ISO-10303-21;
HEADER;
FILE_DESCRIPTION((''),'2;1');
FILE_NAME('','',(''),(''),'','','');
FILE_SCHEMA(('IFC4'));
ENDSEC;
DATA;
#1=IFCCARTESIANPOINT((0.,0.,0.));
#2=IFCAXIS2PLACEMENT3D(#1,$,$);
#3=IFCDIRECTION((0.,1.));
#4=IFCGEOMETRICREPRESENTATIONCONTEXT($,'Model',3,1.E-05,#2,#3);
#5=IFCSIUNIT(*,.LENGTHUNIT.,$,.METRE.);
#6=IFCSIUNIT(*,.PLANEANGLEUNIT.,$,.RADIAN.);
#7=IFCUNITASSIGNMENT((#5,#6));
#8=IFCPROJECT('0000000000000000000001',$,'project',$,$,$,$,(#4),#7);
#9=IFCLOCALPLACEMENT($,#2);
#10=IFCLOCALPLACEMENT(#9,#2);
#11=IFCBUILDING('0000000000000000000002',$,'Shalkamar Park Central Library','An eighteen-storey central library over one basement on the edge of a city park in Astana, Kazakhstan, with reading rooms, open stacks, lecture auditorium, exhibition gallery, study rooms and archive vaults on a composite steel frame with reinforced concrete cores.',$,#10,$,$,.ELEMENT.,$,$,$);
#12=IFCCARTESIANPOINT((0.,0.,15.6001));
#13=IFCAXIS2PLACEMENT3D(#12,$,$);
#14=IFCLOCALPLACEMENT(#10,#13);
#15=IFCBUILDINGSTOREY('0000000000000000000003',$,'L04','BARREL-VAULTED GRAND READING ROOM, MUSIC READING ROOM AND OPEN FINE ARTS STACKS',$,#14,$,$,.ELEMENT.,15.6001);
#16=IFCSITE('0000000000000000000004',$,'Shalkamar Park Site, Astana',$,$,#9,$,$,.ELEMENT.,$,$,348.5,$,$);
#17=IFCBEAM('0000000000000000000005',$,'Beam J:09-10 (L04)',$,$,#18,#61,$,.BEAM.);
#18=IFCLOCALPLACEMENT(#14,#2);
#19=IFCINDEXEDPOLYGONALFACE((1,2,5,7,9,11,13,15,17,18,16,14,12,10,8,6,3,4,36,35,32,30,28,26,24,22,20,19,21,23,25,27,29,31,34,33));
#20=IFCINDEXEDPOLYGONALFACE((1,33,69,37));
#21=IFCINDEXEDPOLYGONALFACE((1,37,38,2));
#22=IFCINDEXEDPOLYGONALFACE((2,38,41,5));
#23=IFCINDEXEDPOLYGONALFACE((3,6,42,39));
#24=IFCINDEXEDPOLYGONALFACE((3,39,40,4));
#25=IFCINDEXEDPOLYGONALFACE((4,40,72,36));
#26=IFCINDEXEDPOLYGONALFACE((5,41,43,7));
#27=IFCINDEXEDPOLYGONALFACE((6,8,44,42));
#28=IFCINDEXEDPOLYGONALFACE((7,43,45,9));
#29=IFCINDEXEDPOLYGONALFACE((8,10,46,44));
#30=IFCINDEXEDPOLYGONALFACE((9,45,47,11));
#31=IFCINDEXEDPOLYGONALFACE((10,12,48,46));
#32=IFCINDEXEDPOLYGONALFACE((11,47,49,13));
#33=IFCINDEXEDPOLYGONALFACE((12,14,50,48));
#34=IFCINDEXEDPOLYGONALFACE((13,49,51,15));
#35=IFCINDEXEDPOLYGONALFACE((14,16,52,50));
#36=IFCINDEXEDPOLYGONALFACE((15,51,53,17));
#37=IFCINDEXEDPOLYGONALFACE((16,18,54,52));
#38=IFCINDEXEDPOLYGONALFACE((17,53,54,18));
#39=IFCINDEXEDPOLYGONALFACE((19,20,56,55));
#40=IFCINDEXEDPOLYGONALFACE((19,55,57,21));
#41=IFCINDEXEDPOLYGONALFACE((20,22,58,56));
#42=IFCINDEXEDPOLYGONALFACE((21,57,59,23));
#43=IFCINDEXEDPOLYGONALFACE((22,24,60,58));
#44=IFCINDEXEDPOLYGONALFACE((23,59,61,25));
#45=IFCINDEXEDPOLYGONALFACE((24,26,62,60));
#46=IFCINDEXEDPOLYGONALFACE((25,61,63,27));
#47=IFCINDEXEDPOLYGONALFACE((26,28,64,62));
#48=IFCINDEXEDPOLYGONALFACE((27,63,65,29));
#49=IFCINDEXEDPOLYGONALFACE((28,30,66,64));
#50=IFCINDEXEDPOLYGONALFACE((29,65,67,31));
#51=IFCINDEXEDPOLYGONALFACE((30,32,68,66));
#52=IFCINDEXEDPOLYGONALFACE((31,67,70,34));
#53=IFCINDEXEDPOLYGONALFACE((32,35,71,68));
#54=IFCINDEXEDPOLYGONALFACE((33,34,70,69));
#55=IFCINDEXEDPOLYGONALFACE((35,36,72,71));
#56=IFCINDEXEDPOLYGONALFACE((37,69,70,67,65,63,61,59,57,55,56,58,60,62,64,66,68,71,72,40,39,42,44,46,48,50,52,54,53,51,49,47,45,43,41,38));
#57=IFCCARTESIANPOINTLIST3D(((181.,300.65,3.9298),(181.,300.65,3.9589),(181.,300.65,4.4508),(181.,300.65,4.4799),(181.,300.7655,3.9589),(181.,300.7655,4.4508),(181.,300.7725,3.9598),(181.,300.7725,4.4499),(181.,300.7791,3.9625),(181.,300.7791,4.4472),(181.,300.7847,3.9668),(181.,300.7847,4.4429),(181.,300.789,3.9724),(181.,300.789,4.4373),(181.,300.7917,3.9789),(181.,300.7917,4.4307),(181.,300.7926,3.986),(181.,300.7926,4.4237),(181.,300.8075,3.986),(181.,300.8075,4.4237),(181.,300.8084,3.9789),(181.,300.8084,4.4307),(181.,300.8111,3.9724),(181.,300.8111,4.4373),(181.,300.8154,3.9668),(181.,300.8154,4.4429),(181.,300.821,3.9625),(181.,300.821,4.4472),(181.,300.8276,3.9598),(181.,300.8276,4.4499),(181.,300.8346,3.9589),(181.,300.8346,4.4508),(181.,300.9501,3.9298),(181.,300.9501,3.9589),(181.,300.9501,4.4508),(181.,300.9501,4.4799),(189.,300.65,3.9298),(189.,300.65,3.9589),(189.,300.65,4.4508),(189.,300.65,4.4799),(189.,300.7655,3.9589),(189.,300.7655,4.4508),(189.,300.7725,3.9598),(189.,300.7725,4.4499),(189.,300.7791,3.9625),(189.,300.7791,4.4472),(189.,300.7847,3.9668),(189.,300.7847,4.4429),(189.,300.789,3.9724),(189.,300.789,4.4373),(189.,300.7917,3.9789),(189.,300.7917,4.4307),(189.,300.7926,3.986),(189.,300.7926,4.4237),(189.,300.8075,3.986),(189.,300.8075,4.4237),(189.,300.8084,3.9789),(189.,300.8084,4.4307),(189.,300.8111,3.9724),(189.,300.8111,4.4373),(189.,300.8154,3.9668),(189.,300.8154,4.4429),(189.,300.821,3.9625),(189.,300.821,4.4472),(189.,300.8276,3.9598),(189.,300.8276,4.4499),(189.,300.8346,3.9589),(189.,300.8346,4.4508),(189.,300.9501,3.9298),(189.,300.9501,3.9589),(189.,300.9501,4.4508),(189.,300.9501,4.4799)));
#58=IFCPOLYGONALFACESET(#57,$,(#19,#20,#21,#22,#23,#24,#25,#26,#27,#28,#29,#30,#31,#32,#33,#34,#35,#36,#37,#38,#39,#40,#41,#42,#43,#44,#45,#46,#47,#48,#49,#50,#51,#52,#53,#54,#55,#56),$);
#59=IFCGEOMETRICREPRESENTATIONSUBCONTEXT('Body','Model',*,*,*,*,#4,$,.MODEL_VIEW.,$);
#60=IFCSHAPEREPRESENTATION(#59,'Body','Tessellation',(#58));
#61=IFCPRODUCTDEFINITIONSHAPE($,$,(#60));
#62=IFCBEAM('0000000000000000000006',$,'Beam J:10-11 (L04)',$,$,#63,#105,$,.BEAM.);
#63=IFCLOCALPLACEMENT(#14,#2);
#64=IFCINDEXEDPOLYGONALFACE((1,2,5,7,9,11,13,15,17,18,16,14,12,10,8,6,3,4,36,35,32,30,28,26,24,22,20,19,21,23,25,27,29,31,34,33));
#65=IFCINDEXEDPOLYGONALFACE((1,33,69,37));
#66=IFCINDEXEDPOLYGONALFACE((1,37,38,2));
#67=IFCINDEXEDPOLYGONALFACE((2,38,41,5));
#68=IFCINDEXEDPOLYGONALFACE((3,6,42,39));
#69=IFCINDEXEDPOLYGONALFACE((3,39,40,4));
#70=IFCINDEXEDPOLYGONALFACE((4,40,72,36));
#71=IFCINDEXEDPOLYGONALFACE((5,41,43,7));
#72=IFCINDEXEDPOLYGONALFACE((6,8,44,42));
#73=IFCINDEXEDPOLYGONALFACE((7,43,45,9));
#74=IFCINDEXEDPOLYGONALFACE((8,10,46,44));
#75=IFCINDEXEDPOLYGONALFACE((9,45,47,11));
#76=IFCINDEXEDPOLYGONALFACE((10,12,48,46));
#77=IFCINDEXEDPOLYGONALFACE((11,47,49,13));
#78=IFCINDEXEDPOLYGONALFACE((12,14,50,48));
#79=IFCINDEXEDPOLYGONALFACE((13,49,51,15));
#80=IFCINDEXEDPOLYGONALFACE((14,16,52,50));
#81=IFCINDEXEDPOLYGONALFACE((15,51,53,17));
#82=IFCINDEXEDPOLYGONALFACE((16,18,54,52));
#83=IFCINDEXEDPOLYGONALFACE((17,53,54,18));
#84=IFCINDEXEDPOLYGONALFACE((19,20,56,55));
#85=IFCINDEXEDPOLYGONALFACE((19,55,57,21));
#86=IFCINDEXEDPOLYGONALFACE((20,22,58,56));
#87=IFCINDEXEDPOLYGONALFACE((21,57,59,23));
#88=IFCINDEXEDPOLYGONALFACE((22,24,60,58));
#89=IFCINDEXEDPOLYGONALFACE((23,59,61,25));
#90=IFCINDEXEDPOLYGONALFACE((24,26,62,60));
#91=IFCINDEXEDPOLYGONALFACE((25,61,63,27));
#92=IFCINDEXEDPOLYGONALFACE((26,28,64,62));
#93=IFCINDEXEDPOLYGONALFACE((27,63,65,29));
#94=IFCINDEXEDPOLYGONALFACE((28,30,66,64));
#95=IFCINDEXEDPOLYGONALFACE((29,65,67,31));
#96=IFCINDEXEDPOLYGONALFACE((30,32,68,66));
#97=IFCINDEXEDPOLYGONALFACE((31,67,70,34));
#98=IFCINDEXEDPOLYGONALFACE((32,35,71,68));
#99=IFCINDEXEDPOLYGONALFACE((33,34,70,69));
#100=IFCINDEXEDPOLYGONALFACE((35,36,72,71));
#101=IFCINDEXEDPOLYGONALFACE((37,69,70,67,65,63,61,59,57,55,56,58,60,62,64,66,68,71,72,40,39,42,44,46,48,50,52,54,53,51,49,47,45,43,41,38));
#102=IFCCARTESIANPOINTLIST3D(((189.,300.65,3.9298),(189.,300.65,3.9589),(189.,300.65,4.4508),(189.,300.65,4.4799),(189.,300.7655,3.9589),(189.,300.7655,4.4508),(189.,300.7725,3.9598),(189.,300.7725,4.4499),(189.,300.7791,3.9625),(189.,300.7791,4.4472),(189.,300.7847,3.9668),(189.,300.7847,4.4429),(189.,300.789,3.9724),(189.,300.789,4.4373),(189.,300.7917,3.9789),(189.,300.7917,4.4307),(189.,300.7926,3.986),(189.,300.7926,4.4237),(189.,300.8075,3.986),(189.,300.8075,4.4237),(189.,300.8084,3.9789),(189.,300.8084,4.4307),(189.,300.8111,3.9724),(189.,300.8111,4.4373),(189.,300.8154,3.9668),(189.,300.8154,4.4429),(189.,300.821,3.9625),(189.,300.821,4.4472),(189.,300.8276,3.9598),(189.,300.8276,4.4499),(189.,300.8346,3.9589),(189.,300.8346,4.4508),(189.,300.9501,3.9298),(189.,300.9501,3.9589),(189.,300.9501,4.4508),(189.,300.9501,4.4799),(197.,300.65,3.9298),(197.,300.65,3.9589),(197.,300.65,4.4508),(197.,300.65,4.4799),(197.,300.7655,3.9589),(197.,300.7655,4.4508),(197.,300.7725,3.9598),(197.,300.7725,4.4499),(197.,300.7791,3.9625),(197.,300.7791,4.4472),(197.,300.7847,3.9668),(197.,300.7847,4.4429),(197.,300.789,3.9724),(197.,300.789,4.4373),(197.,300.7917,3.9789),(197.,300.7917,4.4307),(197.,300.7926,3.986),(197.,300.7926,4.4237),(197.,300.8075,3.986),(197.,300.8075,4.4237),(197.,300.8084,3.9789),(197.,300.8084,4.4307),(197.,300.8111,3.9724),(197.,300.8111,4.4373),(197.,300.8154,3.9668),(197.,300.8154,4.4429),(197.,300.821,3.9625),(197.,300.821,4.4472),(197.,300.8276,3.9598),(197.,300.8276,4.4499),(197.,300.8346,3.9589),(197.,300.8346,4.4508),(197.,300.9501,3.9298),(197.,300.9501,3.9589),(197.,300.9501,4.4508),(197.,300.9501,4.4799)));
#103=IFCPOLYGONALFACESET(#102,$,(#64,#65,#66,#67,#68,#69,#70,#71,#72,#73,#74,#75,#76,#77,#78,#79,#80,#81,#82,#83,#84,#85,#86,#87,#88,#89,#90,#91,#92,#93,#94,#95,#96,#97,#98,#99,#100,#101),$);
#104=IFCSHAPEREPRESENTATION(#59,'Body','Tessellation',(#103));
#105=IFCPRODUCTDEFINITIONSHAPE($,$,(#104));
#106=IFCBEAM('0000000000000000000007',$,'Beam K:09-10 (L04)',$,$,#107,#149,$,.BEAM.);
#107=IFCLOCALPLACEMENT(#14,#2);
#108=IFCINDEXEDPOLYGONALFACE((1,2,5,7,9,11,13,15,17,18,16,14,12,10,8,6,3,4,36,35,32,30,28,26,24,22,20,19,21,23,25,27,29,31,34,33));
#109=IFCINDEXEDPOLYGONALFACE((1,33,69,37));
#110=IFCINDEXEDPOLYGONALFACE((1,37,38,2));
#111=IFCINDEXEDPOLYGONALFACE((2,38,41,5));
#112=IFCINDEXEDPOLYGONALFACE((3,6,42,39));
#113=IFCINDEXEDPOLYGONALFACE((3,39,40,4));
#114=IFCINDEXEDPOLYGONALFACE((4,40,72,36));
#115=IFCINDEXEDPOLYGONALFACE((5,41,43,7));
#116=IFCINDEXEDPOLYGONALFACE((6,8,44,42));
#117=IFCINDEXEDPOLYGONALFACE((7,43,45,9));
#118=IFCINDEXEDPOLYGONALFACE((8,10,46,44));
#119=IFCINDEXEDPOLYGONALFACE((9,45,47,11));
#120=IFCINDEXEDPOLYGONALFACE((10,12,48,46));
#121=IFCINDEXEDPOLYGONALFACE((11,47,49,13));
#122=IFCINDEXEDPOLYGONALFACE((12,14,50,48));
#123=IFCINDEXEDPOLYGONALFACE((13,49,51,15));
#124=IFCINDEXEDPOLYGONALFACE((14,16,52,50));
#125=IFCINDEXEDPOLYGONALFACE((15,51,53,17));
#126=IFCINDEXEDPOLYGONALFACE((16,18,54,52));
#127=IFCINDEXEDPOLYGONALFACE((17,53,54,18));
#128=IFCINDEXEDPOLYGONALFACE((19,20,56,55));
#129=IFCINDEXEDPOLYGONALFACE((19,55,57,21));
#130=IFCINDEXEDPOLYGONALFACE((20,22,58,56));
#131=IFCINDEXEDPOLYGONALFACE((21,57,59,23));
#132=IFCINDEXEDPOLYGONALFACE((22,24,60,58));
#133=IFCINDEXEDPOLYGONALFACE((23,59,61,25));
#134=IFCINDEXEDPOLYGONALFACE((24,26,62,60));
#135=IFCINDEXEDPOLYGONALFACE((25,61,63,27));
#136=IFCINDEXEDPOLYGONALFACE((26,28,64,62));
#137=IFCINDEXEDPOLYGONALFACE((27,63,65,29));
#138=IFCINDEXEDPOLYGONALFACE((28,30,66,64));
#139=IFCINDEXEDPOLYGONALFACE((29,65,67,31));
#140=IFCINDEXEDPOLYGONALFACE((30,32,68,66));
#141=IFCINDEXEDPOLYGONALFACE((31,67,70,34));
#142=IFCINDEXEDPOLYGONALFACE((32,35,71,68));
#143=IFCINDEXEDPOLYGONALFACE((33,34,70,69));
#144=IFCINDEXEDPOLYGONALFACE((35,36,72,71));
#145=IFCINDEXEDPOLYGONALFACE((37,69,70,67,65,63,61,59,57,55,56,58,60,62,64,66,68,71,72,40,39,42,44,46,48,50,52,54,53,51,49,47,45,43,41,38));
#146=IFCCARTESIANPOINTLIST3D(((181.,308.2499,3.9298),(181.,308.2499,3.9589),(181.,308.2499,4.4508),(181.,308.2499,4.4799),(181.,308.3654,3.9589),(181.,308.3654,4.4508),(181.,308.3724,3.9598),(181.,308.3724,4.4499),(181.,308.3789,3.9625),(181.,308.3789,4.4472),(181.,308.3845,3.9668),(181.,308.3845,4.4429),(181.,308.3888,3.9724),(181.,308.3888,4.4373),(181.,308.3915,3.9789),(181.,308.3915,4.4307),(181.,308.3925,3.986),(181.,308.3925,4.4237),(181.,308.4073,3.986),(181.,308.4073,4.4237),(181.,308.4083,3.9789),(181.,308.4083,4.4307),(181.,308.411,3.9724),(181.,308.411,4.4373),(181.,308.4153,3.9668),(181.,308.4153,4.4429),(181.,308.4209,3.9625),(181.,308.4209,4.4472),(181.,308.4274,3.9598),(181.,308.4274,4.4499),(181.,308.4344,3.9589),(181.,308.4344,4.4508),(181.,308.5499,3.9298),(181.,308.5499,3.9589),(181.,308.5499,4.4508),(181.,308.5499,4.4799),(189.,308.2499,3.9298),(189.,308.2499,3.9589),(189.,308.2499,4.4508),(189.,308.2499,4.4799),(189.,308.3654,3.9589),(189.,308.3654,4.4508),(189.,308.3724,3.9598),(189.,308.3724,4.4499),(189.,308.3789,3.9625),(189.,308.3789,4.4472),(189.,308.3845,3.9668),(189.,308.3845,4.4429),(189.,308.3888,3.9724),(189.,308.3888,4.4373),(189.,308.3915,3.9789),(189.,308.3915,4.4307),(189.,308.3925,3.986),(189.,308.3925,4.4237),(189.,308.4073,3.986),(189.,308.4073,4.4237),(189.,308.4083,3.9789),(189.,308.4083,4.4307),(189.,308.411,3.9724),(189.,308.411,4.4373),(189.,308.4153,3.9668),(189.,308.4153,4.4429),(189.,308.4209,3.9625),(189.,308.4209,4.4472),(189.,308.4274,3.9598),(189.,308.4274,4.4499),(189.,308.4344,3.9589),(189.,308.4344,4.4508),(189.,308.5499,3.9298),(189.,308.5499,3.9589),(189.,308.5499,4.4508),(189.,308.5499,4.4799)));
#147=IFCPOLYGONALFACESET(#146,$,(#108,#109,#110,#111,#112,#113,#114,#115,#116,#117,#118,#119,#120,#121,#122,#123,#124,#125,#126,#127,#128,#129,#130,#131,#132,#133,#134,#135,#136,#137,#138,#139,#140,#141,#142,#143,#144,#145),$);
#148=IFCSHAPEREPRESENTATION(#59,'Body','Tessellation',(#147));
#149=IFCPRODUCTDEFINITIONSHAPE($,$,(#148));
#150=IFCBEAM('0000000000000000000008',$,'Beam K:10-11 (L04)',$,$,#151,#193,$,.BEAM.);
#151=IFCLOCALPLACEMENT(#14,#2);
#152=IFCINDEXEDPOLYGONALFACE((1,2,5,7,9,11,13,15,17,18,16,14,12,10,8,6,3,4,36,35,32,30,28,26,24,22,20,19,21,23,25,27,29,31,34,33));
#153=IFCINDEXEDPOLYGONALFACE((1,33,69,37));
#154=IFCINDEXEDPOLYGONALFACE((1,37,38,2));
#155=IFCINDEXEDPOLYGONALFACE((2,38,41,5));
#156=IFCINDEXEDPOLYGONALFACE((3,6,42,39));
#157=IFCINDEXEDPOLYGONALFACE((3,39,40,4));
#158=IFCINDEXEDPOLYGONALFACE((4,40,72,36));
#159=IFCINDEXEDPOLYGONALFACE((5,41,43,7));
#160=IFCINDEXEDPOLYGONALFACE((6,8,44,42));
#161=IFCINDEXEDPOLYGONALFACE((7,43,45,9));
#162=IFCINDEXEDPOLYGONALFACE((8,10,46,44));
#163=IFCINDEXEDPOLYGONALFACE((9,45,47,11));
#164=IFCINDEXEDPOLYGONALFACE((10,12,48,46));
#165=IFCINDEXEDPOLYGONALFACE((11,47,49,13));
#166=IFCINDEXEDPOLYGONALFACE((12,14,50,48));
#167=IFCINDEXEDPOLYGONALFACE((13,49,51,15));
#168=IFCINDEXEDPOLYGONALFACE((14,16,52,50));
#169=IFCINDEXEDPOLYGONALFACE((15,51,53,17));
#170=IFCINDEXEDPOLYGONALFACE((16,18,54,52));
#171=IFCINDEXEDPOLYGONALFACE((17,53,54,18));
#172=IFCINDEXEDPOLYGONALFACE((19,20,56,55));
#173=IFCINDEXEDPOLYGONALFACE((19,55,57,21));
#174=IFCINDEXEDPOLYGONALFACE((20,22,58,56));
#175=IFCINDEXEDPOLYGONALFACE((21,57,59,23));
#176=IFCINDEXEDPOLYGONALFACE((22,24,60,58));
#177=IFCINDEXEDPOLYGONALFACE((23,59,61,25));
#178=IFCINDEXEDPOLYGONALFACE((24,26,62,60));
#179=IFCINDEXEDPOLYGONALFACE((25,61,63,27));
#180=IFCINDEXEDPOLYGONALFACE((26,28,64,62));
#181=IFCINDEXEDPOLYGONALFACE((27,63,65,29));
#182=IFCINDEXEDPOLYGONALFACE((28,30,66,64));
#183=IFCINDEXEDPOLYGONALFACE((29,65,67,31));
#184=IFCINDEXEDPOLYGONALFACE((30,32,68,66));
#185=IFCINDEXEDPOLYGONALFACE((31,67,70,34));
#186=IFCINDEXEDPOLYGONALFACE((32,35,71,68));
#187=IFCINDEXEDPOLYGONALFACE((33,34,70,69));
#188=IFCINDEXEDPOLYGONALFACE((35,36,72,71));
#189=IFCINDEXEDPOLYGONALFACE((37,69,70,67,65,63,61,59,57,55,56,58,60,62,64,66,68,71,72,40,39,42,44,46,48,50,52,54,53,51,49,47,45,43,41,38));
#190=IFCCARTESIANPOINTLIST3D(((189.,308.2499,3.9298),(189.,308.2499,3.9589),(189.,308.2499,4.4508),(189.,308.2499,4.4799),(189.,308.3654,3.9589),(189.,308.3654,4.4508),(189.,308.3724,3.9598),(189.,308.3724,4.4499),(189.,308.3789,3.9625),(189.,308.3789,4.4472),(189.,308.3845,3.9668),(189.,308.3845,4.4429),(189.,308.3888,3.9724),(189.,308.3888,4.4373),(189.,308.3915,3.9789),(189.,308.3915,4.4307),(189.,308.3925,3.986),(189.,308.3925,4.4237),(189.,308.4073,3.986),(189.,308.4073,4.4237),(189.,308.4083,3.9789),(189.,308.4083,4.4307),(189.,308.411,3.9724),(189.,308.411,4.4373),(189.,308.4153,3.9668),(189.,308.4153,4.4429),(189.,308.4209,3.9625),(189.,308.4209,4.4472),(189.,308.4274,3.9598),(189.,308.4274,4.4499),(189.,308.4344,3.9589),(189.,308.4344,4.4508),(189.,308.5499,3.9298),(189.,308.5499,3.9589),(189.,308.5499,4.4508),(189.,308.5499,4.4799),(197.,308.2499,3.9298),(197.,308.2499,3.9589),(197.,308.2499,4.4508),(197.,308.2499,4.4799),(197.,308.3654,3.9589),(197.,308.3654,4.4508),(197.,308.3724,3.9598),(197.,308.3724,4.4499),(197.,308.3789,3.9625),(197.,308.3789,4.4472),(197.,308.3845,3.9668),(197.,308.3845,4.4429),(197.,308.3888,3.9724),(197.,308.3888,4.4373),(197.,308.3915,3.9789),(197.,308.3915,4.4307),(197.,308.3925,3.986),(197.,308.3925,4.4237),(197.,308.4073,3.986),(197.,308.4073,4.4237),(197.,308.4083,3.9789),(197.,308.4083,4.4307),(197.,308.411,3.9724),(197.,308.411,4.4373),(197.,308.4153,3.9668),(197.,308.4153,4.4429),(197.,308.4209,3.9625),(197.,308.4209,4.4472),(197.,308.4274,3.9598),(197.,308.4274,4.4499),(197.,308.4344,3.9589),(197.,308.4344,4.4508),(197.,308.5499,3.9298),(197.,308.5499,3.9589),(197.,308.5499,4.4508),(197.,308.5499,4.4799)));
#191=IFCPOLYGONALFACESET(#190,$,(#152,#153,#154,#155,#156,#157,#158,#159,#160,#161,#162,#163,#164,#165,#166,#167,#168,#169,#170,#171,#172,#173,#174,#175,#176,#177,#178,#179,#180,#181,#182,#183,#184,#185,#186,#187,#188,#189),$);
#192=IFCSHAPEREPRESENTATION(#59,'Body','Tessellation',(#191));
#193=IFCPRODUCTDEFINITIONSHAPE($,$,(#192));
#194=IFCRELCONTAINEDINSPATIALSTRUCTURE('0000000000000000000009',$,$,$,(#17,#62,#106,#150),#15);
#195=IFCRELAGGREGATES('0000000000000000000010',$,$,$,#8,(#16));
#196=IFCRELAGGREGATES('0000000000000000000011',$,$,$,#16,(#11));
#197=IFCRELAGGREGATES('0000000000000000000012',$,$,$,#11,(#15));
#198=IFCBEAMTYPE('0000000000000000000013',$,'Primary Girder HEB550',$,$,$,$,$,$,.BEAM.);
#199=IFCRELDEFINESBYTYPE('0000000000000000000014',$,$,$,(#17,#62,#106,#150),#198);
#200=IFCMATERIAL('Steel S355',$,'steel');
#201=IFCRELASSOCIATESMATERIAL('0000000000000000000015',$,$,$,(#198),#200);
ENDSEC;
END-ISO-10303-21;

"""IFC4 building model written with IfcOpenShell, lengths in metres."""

from ifc_helpers import new_model, si_unit, direction, frame, origin, origin_2d, place, context, subcontext, project, spatial, i_section, extrude, material, material_profile, profile_set, type_object, element, save


model = new_model("IFC4")

# Units and contexts
model_context = context("Model", 3, precision=1e-05, world=origin(), true_north=direction((0.0, 1.0)))
body_context = subcontext(model_context, "Body", "Model", "MODEL_VIEW")
ifc_project = project(units=[si_unit("LENGTHUNIT", "METRE"), si_unit("PLANEANGLEUNIT", "RADIAN")], contexts=[model_context])

# Site, building, storey
site_placement = place(None, origin())
site = spatial("IfcSite", under=ifc_project, at=site_placement, Name="Shalkamar Park Site, Astana", CompositionType="ELEMENT", RefElevation=348.5)
building_placement = place(site_placement, origin())
building = spatial("IfcBuilding", under=site, at=building_placement, Name="Shalkamar Park Central Library", Description="An eighteen-storey central library over one basement on the edge of a city park in Astana, Kazakhstan, with reading rooms, open stacks, lecture auditorium, exhibition gallery, study rooms and archive vaults on a composite steel frame with reinforced concrete cores.", CompositionType="ELEMENT")
storey_placement = place(building_placement, frame((0.0, 0.0, 15.6001)))
storey = spatial("IfcBuildingStorey", under=building, at=storey_placement, Name="L04", Description="BARREL-VAULTED GRAND READING ROOM, MUSIC READING ROOM AND OPEN FINE ARTS STACKS", CompositionType="ELEMENT", Elevation=15.6001)

# Shared definitions
ifc_material = material(Name="Steel S355", Category="steel")

# Beams
ifc_material_profile_1 = material_profile(ifc_material, i_section(OverallWidth=0.3, OverallDepth=0.55, WebThickness=0.0149, FlangeThickness=0.0291, FilletRadius=0.0271, at=origin_2d()), Name="HEB 550")
ifc_profile_set_1 = profile_set([ifc_material_profile_1], Name="Steel S355")
beam_type_1 = type_object("IfcBeamType", Name="Primary Girder HEB550", PredefinedType="BEAM", material=ifc_profile_set_1)
for number, where, z_axis, x_axis, name in (
    (1, (181.0, 300.8, 4.2048), (1.0, 0.0, 0.0), (0.0, 1.0, 0.0), "Beam J:09-10 (L04)"),
    (2, (189.0, 300.8, 4.2048), (1.0, 0.0, 0.0), (0.0, 1.0, 0.0), "Beam J:10-11 (L04)"),
    (3, (181.0, 308.3999, 4.2048), (1.0, 0.0, 0.0), (0.0, 1.0, 0.0), "Beam K:09-10 (L04)"),
    (4, (189.0, 308.3999, 4.2048), (1.0, 0.0, 0.0), (0.0, 1.0, 0.0), "Beam K:10-11 (L04)"),
):
    element("IfcBeam", number, at=place(storey_placement, frame(where, z_axis=z_axis, x_axis=x_axis)), inside=storey, type_object=beam_type_1, Name=name, PredefinedType="BEAM", context=body_context, shape_type="SweptSolid", body=[
        extrude(i_section(OverallWidth=0.3, OverallDepth=0.55, WebThickness=0.0149, FlangeThickness=0.0291, FilletRadius=0.0271, at=origin_2d()), origin(), (0.0, 0.0, 1.0), 8.0),
    ])

save(model, "model.ifc")
